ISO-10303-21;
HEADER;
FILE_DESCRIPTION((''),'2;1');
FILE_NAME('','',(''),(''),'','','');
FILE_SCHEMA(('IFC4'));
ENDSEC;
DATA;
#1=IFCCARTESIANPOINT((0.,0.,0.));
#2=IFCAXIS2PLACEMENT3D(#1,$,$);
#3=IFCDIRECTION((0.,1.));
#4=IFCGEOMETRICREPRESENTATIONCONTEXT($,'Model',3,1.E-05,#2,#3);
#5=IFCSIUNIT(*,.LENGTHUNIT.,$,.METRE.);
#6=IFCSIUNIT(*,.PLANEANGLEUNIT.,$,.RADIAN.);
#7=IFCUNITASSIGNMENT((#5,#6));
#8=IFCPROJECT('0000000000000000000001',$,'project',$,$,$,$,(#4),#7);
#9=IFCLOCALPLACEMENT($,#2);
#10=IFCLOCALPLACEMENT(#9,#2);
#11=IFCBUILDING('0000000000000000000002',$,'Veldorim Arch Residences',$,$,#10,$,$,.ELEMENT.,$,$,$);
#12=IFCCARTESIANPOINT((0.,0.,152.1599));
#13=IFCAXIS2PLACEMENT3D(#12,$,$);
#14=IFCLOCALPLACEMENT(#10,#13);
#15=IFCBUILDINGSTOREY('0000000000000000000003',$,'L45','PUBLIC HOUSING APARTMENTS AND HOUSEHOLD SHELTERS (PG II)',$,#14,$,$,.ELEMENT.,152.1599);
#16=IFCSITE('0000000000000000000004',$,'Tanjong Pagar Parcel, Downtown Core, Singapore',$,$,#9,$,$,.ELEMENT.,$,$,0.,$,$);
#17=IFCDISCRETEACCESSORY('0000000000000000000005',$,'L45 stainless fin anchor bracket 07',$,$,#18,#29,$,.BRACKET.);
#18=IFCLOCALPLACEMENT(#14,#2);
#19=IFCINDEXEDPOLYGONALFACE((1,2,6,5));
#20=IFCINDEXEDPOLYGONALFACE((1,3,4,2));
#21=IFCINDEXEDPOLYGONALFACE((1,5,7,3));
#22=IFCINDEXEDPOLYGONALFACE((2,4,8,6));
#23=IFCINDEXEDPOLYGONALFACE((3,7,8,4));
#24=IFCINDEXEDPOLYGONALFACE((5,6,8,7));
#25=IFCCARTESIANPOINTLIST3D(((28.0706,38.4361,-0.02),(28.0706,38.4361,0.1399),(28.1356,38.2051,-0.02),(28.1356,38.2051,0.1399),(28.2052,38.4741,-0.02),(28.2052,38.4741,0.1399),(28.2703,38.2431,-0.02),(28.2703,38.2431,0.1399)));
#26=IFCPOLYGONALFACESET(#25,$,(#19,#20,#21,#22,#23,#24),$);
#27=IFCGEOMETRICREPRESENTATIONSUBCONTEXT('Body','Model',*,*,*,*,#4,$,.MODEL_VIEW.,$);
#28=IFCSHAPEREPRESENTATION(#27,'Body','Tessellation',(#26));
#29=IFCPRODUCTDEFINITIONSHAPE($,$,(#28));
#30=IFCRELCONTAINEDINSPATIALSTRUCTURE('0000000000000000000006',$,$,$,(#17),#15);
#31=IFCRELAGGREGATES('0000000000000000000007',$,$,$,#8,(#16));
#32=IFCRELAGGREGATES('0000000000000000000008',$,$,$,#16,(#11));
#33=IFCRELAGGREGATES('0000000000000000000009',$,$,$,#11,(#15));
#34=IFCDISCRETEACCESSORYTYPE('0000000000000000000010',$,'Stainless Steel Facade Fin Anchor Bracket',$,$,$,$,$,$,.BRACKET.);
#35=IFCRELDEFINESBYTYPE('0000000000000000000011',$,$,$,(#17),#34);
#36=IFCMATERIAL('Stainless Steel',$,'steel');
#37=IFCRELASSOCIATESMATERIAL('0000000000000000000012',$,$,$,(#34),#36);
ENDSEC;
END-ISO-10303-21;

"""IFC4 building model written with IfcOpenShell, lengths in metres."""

from ifc_helpers import new_model, si_unit, direction, frame, origin, origin_2d, place, context, subcontext, project, spatial, rectangle, extrude, material, type_object, element, save


model = new_model("IFC4")

# Units and contexts
model_context = context("Model", 3, precision=1e-05, world=origin(), true_north=direction((0.0, 1.0)))
body_context = subcontext(model_context, "Body", "Model", "MODEL_VIEW")
ifc_project = project(units=[si_unit("LENGTHUNIT", "METRE"), si_unit("PLANEANGLEUNIT", "RADIAN")], contexts=[model_context])

# Site, building, storey
site_placement = place(None, origin())
site = spatial("IfcSite", under=ifc_project, at=site_placement, Name="Tanjong Pagar Parcel, Downtown Core, Singapore", CompositionType="ELEMENT", RefElevation=0.0)
building_placement = place(site_placement, origin())
building = spatial("IfcBuilding", under=site, at=building_placement, Name="Veldorim Arch Residences", CompositionType="ELEMENT")
storey_placement = place(building_placement, frame((0.0, 0.0, 152.1599)))
storey = spatial("IfcBuildingStorey", under=building, at=storey_placement, Name="L45", Description="PUBLIC HOUSING APARTMENTS AND HOUSEHOLD SHELTERS (PG II)", CompositionType="ELEMENT", Elevation=152.1599)

# Discrete accessory
ifc_material_1 = material(Name="Stainless Steel", Category="steel")
discrete_accessory_type = type_object("IfcDiscreteAccessoryType", Name="Stainless Steel Facade Fin Anchor Bracket", PredefinedType="BRACKET", material=ifc_material_1)
discrete_accessory_placement = place(storey_placement, frame((28.1704, 38.3396, -0.02), z_axis=(0.0, 0.0, 1.0), x_axis=(0.96255, 0.271104, 0.0)))
element("IfcDiscreteAccessory", 1, at=discrete_accessory_placement, inside=storey, type_object=discrete_accessory_type, Name="L45 stainless fin anchor bracket 07", PredefinedType="BRACKET", context=body_context, shape_type="SweptSolid", body=[
    extrude(rectangle(XDim=0.1399, YDim=0.24, at=origin_2d()), origin(), (0.0, 0.0, 1.0), 0.1599),
])

save(model, "model.ifc")
